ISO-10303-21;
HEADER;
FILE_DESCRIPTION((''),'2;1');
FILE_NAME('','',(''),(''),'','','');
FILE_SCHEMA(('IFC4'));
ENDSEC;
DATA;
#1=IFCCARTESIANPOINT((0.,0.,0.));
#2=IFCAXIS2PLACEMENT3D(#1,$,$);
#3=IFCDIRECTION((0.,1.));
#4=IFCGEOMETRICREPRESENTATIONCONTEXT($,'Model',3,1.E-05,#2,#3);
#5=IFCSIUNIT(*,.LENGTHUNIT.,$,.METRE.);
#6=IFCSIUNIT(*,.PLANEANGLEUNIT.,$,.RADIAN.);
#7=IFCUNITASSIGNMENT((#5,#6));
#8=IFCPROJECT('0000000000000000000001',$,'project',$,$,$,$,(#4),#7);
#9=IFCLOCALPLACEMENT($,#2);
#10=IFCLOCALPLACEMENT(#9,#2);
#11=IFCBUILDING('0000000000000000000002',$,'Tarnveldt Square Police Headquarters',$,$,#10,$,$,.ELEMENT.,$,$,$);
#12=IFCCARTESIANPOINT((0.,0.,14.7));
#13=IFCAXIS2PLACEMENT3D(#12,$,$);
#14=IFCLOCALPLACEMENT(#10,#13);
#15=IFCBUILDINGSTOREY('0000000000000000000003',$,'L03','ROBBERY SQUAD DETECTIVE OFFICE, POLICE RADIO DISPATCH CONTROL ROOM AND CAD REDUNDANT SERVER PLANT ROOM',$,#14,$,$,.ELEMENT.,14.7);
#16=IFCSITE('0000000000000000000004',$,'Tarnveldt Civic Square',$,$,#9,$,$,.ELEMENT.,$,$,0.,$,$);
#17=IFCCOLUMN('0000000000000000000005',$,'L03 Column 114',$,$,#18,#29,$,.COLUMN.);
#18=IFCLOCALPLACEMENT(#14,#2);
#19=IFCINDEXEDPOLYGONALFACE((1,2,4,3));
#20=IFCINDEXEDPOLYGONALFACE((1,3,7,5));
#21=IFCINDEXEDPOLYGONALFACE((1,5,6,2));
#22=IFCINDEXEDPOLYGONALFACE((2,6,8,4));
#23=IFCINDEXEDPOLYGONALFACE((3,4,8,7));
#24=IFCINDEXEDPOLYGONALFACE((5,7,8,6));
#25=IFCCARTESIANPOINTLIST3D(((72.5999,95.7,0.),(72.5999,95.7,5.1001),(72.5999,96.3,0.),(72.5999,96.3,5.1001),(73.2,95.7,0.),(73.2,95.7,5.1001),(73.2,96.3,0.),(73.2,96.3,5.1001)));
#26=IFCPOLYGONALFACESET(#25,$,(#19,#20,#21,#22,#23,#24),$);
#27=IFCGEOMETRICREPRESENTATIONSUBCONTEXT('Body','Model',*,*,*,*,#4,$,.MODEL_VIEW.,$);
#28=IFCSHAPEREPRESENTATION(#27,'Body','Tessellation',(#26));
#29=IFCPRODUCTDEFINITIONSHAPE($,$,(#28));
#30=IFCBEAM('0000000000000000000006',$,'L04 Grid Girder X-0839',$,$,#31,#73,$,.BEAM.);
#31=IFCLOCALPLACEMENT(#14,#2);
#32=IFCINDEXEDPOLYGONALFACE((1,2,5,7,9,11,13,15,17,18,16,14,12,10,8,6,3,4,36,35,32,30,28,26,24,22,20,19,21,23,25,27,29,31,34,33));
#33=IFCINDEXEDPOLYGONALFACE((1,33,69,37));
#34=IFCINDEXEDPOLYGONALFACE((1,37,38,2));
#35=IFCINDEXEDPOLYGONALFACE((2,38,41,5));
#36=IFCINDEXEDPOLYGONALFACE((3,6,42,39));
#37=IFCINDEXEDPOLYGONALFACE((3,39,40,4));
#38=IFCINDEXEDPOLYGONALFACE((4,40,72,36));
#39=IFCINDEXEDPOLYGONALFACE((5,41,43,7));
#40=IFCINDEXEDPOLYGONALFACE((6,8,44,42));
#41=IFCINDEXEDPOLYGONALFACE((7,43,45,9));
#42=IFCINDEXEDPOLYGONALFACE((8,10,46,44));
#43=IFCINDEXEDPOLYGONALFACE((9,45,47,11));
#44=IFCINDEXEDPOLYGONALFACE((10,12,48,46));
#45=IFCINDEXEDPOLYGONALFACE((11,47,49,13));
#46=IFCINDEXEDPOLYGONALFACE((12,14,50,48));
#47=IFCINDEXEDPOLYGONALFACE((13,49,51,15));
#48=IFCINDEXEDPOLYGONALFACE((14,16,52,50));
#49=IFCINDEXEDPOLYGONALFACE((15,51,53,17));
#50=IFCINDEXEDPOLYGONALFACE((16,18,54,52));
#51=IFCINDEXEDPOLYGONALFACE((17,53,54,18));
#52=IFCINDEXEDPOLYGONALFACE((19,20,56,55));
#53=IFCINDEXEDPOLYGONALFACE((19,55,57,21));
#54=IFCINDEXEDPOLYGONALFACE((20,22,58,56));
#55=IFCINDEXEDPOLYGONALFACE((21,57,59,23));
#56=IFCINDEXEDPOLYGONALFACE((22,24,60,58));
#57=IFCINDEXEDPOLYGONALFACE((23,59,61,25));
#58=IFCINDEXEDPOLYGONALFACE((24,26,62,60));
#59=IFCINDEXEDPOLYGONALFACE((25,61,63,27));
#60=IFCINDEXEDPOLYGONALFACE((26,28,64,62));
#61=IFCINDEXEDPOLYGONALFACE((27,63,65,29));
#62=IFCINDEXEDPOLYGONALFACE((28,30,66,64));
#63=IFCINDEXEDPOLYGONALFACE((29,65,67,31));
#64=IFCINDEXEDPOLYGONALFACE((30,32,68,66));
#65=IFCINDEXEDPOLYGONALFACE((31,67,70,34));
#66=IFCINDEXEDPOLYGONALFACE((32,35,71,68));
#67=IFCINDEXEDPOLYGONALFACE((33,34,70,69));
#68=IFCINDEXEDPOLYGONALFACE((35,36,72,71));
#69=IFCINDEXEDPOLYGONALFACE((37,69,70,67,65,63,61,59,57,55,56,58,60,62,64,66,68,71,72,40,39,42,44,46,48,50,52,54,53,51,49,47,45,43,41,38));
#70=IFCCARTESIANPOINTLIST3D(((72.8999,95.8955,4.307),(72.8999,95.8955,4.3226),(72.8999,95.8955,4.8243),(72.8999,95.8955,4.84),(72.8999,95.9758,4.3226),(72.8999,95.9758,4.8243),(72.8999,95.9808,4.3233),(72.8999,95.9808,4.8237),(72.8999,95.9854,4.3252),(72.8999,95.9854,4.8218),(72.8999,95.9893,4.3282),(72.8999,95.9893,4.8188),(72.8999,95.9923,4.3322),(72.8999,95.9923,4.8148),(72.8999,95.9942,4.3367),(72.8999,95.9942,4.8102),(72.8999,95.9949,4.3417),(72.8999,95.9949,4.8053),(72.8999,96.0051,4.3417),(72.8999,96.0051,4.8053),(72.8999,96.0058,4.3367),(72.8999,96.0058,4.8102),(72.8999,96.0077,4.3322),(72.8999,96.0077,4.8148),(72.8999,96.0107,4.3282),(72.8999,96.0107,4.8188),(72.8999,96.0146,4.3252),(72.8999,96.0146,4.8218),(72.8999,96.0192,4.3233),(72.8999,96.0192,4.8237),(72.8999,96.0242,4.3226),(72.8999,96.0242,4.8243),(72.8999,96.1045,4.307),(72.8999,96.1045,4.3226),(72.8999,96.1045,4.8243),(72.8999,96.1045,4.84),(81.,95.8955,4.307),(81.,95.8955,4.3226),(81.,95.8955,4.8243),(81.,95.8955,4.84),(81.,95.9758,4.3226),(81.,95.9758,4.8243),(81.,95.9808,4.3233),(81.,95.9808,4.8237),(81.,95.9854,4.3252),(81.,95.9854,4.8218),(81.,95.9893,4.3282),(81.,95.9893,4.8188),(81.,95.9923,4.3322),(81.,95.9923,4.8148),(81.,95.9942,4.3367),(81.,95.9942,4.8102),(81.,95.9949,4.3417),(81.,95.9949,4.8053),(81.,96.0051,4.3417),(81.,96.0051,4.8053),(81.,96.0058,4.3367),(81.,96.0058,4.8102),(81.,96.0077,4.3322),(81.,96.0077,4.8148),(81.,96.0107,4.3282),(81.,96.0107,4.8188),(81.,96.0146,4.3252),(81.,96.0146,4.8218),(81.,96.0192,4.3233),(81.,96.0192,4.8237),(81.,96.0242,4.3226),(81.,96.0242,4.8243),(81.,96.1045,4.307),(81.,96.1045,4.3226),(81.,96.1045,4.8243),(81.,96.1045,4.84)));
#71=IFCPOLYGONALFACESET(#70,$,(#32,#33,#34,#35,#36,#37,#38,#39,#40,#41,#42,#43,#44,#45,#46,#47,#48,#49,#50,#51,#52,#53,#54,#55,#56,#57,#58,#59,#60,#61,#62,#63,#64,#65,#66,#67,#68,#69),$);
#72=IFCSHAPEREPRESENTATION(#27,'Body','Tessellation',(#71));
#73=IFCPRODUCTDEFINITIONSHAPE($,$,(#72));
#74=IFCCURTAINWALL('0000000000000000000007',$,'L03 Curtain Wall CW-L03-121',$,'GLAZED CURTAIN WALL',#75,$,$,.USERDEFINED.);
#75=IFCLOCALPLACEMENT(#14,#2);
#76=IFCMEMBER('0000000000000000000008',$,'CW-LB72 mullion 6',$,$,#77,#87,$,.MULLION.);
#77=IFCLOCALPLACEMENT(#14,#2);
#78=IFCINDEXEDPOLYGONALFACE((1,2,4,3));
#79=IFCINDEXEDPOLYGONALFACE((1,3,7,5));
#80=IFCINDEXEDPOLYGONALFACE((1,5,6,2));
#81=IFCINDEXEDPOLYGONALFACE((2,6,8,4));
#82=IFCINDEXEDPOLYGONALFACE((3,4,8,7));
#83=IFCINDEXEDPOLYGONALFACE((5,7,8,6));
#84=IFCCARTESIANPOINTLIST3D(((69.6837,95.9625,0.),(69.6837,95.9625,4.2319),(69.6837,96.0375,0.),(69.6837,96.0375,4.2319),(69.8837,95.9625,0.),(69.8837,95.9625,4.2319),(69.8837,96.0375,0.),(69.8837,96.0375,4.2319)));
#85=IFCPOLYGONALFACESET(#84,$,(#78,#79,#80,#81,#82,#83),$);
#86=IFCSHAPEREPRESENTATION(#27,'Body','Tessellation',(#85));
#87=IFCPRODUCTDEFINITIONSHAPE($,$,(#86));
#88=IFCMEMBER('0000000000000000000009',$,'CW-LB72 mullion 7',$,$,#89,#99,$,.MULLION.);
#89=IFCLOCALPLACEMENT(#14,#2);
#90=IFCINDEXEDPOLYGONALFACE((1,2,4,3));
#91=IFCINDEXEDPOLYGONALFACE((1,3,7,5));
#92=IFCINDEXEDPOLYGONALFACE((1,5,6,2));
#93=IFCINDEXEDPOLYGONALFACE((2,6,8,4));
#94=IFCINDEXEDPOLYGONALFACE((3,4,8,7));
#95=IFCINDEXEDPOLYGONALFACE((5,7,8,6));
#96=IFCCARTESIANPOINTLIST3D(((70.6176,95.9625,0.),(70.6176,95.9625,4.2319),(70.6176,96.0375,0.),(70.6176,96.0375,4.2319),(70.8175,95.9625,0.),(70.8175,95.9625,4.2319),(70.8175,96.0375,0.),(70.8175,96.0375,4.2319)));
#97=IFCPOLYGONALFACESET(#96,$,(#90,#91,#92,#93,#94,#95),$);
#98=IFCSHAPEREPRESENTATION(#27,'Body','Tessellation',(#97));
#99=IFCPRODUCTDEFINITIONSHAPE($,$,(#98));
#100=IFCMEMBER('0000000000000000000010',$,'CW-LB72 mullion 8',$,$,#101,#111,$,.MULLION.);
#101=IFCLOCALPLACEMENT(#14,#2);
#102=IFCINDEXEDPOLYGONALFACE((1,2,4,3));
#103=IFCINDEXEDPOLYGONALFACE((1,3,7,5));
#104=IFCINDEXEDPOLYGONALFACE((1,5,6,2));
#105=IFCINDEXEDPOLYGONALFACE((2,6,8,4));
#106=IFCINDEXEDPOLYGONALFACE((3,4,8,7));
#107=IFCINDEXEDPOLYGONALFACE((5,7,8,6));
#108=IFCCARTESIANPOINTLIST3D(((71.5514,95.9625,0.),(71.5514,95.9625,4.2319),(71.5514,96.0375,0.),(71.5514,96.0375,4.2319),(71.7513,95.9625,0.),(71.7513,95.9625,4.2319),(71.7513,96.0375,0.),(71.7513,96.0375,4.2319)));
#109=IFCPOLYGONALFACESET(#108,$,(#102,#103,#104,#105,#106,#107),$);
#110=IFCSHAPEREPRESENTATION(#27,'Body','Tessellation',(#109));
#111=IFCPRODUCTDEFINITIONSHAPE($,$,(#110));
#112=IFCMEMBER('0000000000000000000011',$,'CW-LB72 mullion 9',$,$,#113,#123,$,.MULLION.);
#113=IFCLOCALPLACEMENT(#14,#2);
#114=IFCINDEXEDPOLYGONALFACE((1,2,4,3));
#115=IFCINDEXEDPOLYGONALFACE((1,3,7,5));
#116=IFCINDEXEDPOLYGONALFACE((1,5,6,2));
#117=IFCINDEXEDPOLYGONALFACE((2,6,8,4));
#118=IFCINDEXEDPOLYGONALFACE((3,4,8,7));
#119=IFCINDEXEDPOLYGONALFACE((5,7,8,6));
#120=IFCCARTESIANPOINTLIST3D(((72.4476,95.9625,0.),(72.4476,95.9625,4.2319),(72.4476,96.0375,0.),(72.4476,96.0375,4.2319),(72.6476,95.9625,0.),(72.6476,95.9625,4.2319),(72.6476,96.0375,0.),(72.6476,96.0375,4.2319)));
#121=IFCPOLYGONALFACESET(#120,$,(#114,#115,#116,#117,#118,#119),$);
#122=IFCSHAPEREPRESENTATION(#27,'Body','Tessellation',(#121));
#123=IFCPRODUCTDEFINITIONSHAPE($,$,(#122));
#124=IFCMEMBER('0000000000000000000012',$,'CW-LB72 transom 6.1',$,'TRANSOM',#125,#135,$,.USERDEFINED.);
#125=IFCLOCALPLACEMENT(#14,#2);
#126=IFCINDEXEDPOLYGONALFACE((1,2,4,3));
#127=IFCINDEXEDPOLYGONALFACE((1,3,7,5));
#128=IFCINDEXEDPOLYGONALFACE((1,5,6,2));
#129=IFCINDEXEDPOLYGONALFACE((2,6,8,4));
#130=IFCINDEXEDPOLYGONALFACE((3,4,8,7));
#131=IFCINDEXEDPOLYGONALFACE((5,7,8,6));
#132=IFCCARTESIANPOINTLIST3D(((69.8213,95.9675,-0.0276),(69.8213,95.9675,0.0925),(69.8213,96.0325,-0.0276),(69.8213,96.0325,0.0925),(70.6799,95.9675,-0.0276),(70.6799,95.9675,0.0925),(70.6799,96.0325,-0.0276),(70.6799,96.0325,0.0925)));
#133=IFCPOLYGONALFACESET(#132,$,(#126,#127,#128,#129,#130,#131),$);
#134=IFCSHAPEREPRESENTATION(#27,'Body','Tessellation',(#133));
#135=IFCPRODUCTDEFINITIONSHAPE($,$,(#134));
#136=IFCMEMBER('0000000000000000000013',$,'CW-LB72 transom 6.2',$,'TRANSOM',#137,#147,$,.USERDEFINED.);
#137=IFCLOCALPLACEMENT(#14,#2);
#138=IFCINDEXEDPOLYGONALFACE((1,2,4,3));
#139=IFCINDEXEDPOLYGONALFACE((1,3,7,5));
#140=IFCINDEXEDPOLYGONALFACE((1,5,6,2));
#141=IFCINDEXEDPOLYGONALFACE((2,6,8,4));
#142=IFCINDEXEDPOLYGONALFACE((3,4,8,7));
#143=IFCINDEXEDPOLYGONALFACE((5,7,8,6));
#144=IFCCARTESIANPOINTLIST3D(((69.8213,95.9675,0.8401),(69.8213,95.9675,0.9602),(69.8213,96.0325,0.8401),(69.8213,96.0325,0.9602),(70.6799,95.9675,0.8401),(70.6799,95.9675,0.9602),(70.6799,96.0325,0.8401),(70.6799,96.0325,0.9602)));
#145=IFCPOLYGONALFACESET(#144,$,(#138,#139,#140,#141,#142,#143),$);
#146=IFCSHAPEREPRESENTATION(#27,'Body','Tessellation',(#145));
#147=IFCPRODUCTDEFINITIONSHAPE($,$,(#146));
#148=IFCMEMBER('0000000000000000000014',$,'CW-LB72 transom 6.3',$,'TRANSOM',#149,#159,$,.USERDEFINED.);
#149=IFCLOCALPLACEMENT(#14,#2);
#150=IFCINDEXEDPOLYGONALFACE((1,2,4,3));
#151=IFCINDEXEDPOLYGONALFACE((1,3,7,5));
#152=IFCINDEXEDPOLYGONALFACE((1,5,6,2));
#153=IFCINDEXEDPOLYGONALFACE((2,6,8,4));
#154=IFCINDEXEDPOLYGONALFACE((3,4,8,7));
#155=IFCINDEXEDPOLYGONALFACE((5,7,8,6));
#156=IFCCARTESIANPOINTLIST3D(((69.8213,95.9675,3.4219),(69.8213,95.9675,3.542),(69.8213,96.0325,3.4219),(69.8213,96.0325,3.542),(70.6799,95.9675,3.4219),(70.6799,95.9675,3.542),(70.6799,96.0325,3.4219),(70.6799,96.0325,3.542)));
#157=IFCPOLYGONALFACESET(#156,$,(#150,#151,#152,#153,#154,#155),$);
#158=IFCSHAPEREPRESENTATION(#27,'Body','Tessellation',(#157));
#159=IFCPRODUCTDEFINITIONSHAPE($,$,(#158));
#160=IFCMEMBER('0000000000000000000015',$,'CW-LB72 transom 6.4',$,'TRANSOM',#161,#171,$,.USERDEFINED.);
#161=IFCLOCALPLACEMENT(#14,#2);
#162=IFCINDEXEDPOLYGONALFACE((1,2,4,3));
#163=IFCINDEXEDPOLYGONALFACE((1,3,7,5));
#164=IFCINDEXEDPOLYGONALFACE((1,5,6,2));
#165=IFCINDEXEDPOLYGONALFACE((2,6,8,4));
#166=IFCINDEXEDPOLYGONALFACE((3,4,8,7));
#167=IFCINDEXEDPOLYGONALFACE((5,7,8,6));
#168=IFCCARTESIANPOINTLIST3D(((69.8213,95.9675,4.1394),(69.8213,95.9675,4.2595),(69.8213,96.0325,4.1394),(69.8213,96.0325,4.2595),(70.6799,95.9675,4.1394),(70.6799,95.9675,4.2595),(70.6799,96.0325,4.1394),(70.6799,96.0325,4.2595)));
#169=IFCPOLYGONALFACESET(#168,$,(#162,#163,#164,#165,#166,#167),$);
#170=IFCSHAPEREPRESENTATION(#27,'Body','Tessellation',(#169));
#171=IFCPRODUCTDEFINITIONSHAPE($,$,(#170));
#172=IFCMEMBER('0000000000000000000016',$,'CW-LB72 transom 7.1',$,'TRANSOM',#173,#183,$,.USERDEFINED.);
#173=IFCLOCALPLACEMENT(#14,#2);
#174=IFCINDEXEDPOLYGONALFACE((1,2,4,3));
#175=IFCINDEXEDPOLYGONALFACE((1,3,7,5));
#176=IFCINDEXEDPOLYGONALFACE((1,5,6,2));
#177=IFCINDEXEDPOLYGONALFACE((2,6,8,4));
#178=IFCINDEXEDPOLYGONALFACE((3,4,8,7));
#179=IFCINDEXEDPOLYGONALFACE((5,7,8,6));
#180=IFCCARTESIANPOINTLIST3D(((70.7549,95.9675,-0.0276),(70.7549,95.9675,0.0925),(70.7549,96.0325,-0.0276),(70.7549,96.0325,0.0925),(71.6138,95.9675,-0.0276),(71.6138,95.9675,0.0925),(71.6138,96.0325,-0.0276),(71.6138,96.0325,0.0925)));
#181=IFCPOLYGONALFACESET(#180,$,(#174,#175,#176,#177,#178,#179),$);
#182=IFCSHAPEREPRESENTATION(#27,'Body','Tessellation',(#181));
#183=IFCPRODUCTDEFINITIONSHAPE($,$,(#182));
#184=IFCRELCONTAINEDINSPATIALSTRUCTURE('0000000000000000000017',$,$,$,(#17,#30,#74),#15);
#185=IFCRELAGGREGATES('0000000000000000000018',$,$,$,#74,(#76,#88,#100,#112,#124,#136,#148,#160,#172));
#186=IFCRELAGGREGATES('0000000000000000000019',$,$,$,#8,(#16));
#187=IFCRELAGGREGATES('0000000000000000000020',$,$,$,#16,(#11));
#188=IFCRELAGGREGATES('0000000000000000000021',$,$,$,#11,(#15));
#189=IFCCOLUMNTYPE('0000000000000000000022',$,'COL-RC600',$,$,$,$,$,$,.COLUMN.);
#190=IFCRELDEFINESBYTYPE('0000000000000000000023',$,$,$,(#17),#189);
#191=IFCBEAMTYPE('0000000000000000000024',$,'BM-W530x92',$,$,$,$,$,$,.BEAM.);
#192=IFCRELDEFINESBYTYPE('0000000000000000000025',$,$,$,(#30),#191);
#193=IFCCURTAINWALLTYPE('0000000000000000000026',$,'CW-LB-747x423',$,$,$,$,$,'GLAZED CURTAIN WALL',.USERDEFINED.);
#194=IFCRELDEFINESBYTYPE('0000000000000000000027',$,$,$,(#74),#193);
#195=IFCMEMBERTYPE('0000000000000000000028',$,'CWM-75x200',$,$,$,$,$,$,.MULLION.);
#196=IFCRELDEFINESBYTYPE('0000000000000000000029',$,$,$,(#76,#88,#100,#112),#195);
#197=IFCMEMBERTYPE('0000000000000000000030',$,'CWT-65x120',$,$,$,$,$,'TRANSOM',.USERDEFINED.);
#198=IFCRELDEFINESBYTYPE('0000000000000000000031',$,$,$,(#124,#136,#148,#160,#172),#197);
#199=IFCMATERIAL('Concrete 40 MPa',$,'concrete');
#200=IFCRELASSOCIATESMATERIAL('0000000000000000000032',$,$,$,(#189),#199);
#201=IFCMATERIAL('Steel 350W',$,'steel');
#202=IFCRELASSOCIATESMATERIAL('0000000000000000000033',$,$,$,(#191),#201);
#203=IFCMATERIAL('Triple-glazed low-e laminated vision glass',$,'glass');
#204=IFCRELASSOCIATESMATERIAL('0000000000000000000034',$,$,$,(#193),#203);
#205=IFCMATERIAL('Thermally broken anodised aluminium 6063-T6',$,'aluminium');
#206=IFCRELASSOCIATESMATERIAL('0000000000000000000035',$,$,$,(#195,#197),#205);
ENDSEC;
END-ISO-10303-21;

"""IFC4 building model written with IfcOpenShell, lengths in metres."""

from ifc_helpers import new_model, si_unit, direction, frame, origin, origin_2d, place, context, subcontext, project, spatial, rectangle, i_section, extrude, material, material_profile, profile_set, type_object, element, aggregate, save


model = new_model("IFC4")

# Units and contexts
model_context = context("Model", 3, precision=1e-05, world=origin(), true_north=direction((0.0, 1.0)))
body_context = subcontext(model_context, "Body", "Model", "MODEL_VIEW")
ifc_project = project(units=[si_unit("LENGTHUNIT", "METRE"), si_unit("PLANEANGLEUNIT", "RADIAN")], contexts=[model_context])

# Site, building, storey
site_placement = place(None, origin())
site = spatial("IfcSite", under=ifc_project, at=site_placement, Name="Tarnveldt Civic Square", CompositionType="ELEMENT", RefElevation=0.0)
building_placement = place(site_placement, origin())
building = spatial("IfcBuilding", under=site, at=building_placement, Name="Tarnveldt Square Police Headquarters", CompositionType="ELEMENT")
storey_placement = place(building_placement, frame((0.0, 0.0, 14.7)))
storey = spatial("IfcBuildingStorey", under=building, at=storey_placement, Name="L03", Description="ROBBERY SQUAD DETECTIVE OFFICE, POLICE RADIO DISPATCH CONTROL ROOM AND CAD REDUNDANT SERVER PLANT ROOM", CompositionType="ELEMENT", Elevation=14.7)

# Column
ifc_material_1 = material(Name="Concrete 40 MPa", Category="concrete")
ifc_material_profile_1 = material_profile(ifc_material_1, rectangle(XDim=0.6001, YDim=0.6001, at=origin_2d()), Name="RC-C600x600")
ifc_profile_set_1 = profile_set([ifc_material_profile_1], Name="Concrete 40 MPa")
column_type = type_object("IfcColumnType", Name="COL-RC600", PredefinedType="COLUMN", material=ifc_profile_set_1)
column_placement = place(storey_placement, frame((72.8999, 96.0, 0.0), z_axis=(0.0, 0.0, 1.0), x_axis=(1.0, 0.0, 0.0)))
element("IfcColumn", 1, at=column_placement, inside=storey, type_object=column_type, Name="L03 Column 114", PredefinedType="COLUMN", context=body_context, shape_type="SweptSolid", body=[
    extrude(rectangle(XDim=0.6001, YDim=0.6001, at=origin_2d()), origin(), (0.0, 0.0, 1.0), 5.1001),
])

# Beam
ifc_material_2 = material(Name="Steel 350W", Category="steel")
ifc_material_profile_2 = material_profile(ifc_material_2, i_section(OverallWidth=0.209, OverallDepth=0.533, WebThickness=0.0103, FlangeThickness=0.0156, FilletRadius=0.019, at=origin_2d()), Name="W530x92")
ifc_profile_set_2 = profile_set([ifc_material_profile_2], Name="Steel 350W")
beam_type = type_object("IfcBeamType", Name="BM-W530x92", PredefinedType="BEAM", material=ifc_profile_set_2)
beam_placement = place(storey_placement, frame((72.8999, 96.0, 4.5735), z_axis=(1.0, 0.0, 0.0), x_axis=(0.0, 1.0, 0.0)))
element("IfcBeam", 2, at=beam_placement, inside=storey, type_object=beam_type, Name="L04 Grid Girder X-0839", PredefinedType="BEAM", context=body_context, shape_type="SweptSolid", body=[
    extrude(i_section(OverallWidth=0.209, OverallDepth=0.533, WebThickness=0.0103, FlangeThickness=0.0156, FilletRadius=0.019, at=origin_2d()), origin(), (0.0, 0.0, 1.0), 8.1001),
])

# Curtain wall, members
ifc_material_3 = material(Name="Triple-glazed low-e laminated vision glass", Category="glass")
curtain_wall_type = type_object("IfcCurtainWallType", Name="CW-LB-747x423", ElementType="GLAZED CURTAIN WALL", PredefinedType="USERDEFINED", material=ifc_material_3)
curtain_wall_placement = place(storey_placement, origin())
curtain_wall = element("IfcCurtainWall", 3, at=curtain_wall_placement, inside=storey, type_object=curtain_wall_type, Name="L03 Curtain Wall CW-L03-121", ObjectType="GLAZED CURTAIN WALL", PredefinedType="USERDEFINED")
ifc_material_4 = material(Name="Thermally broken anodised aluminium 6063-T6", Category="aluminium")
ifc_material_profile_3 = material_profile(ifc_material_4, rectangle(XDim=0.075, YDim=0.2, at=origin_2d()), Name="CW-M75x200")
ifc_profile_set_3 = profile_set([ifc_material_profile_3], Name="Thermally broken anodised aluminium 6063-T6")
member_type_1 = type_object("IfcMemberType", Name="CWM-75x200", PredefinedType="MULLION", material=ifc_profile_set_3)
member_1_placement = place(storey_placement, frame((69.7837, 96.0, 0.0), z_axis=(0.0, 0.0, 1.0), x_axis=(0.0, 1.0, 0.0)))
member_1 = element("IfcMember", 4, at=member_1_placement, type_object=member_type_1, Name="CW-LB72 mullion 6", PredefinedType="MULLION", context=body_context, shape_type="SweptSolid", body=[
    extrude(rectangle(XDim=0.075, YDim=0.2, at=origin_2d()), origin(), (0.0, 0.0, 1.0), 4.2319),
])
member_2_placement = place(storey_placement, frame((70.7175, 96.0, 0.0), z_axis=(0.0, 0.0, 1.0), x_axis=(0.0, 1.0, 0.0)))
member_2 = element("IfcMember", 5, at=member_2_placement, type_object=member_type_1, Name="CW-LB72 mullion 7", PredefinedType="MULLION", context=body_context, shape_type="SweptSolid", body=[
    extrude(rectangle(XDim=0.075, YDim=0.2, at=origin_2d()), origin(), (0.0, 0.0, 1.0), 4.2319),
])
member_3_placement = place(storey_placement, frame((71.6514, 96.0, 0.0), z_axis=(0.0, 0.0, 1.0), x_axis=(0.0, 1.0, 0.0)))
member_3 = element("IfcMember", 6, at=member_3_placement, type_object=member_type_1, Name="CW-LB72 mullion 8", PredefinedType="MULLION", context=body_context, shape_type="SweptSolid", body=[
    extrude(rectangle(XDim=0.075, YDim=0.2, at=origin_2d()), origin(), (0.0, 0.0, 1.0), 4.2319),
])
member_4_placement = place(storey_placement, frame((72.5476, 96.0, 0.0), z_axis=(0.0, 0.0, 1.0), x_axis=(0.0, 1.0, 0.0)))
member_4 = element("IfcMember", 7, at=member_4_placement, type_object=member_type_1, Name="CW-LB72 mullion 9", PredefinedType="MULLION", context=body_context, shape_type="SweptSolid", body=[
    extrude(rectangle(XDim=0.075, YDim=0.2, at=origin_2d()), origin(), (0.0, 0.0, 1.0), 4.2319),
])
ifc_material_profile_4 = material_profile(ifc_material_4, rectangle(XDim=0.0649, YDim=0.1201, at=origin_2d()), Name="CW-T65x120")
ifc_profile_set_4 = profile_set([ifc_material_profile_4], Name="Thermally broken anodised aluminium 6063-T6")
member_type_2 = type_object("IfcMemberType", Name="CWT-65x120", ElementType="TRANSOM", PredefinedType="USERDEFINED", material=ifc_profile_set_4)
member_5_placement = place(storey_placement, frame((69.8213, 96.0, 0.0325), z_axis=(1.0, 0.0, 0.0), x_axis=(0.0, 1.0, 0.0)))
member_5 = element("IfcMember", 8, at=member_5_placement, type_object=member_type_2, Name="CW-LB72 transom 6.1", ObjectType="TRANSOM", PredefinedType="USERDEFINED", context=body_context, shape_type="SweptSolid", body=[
    extrude(rectangle(XDim=0.0649, YDim=0.1201, at=origin_2d()), origin(), (0.0, 0.0, 1.0), 0.8586),
])
member_6_placement = place(storey_placement, frame((69.8213, 96.0, 0.9001), z_axis=(1.0, 0.0, 0.0), x_axis=(0.0, 1.0, 0.0)))
member_6 = element("IfcMember", 9, at=member_6_placement, type_object=member_type_2, Name="CW-LB72 transom 6.2", ObjectType="TRANSOM", PredefinedType="USERDEFINED", context=body_context, shape_type="SweptSolid", body=[
    extrude(rectangle(XDim=0.0649, YDim=0.1201, at=origin_2d()), origin(), (0.0, 0.0, 1.0), 0.8586),
])
member_7_placement = place(storey_placement, frame((69.8213, 96.0, 3.4819), z_axis=(1.0, 0.0, 0.0), x_axis=(0.0, 1.0, 0.0)))
member_7 = element("IfcMember", 10, at=member_7_placement, type_object=member_type_2, Name="CW-LB72 transom 6.3", ObjectType="TRANSOM", PredefinedType="USERDEFINED", context=body_context, shape_type="SweptSolid", body=[
    extrude(rectangle(XDim=0.0649, YDim=0.1201, at=origin_2d()), origin(), (0.0, 0.0, 1.0), 0.8586),
])
member_8_placement = place(storey_placement, frame((69.8213, 96.0, 4.1995), z_axis=(1.0, 0.0, 0.0), x_axis=(0.0, 1.0, 0.0)))
member_8 = element("IfcMember", 11, at=member_8_placement, type_object=member_type_2, Name="CW-LB72 transom 6.4", ObjectType="TRANSOM", PredefinedType="USERDEFINED", context=body_context, shape_type="SweptSolid", body=[
    extrude(rectangle(XDim=0.0649, YDim=0.1201, at=origin_2d()), origin(), (0.0, 0.0, 1.0), 0.8586),
])
member_9_placement = place(storey_placement, frame((70.7549, 96.0, 0.0325), z_axis=(1.0, 0.0, 0.0), x_axis=(0.0, 1.0, 0.0)))
member_9 = element("IfcMember", 12, at=member_9_placement, type_object=member_type_2, Name="CW-LB72 transom 7.1", ObjectType="TRANSOM", PredefinedType="USERDEFINED", context=body_context, shape_type="SweptSolid", body=[
    extrude(rectangle(XDim=0.0649, YDim=0.1201, at=origin_2d()), origin(), (0.0, 0.0, 1.0), 0.8589),
])
aggregate(curtain_wall, [member_1, member_2, member_3, member_4, member_5, member_6, member_7, member_8, member_9])

save(model, "model.ifc")
